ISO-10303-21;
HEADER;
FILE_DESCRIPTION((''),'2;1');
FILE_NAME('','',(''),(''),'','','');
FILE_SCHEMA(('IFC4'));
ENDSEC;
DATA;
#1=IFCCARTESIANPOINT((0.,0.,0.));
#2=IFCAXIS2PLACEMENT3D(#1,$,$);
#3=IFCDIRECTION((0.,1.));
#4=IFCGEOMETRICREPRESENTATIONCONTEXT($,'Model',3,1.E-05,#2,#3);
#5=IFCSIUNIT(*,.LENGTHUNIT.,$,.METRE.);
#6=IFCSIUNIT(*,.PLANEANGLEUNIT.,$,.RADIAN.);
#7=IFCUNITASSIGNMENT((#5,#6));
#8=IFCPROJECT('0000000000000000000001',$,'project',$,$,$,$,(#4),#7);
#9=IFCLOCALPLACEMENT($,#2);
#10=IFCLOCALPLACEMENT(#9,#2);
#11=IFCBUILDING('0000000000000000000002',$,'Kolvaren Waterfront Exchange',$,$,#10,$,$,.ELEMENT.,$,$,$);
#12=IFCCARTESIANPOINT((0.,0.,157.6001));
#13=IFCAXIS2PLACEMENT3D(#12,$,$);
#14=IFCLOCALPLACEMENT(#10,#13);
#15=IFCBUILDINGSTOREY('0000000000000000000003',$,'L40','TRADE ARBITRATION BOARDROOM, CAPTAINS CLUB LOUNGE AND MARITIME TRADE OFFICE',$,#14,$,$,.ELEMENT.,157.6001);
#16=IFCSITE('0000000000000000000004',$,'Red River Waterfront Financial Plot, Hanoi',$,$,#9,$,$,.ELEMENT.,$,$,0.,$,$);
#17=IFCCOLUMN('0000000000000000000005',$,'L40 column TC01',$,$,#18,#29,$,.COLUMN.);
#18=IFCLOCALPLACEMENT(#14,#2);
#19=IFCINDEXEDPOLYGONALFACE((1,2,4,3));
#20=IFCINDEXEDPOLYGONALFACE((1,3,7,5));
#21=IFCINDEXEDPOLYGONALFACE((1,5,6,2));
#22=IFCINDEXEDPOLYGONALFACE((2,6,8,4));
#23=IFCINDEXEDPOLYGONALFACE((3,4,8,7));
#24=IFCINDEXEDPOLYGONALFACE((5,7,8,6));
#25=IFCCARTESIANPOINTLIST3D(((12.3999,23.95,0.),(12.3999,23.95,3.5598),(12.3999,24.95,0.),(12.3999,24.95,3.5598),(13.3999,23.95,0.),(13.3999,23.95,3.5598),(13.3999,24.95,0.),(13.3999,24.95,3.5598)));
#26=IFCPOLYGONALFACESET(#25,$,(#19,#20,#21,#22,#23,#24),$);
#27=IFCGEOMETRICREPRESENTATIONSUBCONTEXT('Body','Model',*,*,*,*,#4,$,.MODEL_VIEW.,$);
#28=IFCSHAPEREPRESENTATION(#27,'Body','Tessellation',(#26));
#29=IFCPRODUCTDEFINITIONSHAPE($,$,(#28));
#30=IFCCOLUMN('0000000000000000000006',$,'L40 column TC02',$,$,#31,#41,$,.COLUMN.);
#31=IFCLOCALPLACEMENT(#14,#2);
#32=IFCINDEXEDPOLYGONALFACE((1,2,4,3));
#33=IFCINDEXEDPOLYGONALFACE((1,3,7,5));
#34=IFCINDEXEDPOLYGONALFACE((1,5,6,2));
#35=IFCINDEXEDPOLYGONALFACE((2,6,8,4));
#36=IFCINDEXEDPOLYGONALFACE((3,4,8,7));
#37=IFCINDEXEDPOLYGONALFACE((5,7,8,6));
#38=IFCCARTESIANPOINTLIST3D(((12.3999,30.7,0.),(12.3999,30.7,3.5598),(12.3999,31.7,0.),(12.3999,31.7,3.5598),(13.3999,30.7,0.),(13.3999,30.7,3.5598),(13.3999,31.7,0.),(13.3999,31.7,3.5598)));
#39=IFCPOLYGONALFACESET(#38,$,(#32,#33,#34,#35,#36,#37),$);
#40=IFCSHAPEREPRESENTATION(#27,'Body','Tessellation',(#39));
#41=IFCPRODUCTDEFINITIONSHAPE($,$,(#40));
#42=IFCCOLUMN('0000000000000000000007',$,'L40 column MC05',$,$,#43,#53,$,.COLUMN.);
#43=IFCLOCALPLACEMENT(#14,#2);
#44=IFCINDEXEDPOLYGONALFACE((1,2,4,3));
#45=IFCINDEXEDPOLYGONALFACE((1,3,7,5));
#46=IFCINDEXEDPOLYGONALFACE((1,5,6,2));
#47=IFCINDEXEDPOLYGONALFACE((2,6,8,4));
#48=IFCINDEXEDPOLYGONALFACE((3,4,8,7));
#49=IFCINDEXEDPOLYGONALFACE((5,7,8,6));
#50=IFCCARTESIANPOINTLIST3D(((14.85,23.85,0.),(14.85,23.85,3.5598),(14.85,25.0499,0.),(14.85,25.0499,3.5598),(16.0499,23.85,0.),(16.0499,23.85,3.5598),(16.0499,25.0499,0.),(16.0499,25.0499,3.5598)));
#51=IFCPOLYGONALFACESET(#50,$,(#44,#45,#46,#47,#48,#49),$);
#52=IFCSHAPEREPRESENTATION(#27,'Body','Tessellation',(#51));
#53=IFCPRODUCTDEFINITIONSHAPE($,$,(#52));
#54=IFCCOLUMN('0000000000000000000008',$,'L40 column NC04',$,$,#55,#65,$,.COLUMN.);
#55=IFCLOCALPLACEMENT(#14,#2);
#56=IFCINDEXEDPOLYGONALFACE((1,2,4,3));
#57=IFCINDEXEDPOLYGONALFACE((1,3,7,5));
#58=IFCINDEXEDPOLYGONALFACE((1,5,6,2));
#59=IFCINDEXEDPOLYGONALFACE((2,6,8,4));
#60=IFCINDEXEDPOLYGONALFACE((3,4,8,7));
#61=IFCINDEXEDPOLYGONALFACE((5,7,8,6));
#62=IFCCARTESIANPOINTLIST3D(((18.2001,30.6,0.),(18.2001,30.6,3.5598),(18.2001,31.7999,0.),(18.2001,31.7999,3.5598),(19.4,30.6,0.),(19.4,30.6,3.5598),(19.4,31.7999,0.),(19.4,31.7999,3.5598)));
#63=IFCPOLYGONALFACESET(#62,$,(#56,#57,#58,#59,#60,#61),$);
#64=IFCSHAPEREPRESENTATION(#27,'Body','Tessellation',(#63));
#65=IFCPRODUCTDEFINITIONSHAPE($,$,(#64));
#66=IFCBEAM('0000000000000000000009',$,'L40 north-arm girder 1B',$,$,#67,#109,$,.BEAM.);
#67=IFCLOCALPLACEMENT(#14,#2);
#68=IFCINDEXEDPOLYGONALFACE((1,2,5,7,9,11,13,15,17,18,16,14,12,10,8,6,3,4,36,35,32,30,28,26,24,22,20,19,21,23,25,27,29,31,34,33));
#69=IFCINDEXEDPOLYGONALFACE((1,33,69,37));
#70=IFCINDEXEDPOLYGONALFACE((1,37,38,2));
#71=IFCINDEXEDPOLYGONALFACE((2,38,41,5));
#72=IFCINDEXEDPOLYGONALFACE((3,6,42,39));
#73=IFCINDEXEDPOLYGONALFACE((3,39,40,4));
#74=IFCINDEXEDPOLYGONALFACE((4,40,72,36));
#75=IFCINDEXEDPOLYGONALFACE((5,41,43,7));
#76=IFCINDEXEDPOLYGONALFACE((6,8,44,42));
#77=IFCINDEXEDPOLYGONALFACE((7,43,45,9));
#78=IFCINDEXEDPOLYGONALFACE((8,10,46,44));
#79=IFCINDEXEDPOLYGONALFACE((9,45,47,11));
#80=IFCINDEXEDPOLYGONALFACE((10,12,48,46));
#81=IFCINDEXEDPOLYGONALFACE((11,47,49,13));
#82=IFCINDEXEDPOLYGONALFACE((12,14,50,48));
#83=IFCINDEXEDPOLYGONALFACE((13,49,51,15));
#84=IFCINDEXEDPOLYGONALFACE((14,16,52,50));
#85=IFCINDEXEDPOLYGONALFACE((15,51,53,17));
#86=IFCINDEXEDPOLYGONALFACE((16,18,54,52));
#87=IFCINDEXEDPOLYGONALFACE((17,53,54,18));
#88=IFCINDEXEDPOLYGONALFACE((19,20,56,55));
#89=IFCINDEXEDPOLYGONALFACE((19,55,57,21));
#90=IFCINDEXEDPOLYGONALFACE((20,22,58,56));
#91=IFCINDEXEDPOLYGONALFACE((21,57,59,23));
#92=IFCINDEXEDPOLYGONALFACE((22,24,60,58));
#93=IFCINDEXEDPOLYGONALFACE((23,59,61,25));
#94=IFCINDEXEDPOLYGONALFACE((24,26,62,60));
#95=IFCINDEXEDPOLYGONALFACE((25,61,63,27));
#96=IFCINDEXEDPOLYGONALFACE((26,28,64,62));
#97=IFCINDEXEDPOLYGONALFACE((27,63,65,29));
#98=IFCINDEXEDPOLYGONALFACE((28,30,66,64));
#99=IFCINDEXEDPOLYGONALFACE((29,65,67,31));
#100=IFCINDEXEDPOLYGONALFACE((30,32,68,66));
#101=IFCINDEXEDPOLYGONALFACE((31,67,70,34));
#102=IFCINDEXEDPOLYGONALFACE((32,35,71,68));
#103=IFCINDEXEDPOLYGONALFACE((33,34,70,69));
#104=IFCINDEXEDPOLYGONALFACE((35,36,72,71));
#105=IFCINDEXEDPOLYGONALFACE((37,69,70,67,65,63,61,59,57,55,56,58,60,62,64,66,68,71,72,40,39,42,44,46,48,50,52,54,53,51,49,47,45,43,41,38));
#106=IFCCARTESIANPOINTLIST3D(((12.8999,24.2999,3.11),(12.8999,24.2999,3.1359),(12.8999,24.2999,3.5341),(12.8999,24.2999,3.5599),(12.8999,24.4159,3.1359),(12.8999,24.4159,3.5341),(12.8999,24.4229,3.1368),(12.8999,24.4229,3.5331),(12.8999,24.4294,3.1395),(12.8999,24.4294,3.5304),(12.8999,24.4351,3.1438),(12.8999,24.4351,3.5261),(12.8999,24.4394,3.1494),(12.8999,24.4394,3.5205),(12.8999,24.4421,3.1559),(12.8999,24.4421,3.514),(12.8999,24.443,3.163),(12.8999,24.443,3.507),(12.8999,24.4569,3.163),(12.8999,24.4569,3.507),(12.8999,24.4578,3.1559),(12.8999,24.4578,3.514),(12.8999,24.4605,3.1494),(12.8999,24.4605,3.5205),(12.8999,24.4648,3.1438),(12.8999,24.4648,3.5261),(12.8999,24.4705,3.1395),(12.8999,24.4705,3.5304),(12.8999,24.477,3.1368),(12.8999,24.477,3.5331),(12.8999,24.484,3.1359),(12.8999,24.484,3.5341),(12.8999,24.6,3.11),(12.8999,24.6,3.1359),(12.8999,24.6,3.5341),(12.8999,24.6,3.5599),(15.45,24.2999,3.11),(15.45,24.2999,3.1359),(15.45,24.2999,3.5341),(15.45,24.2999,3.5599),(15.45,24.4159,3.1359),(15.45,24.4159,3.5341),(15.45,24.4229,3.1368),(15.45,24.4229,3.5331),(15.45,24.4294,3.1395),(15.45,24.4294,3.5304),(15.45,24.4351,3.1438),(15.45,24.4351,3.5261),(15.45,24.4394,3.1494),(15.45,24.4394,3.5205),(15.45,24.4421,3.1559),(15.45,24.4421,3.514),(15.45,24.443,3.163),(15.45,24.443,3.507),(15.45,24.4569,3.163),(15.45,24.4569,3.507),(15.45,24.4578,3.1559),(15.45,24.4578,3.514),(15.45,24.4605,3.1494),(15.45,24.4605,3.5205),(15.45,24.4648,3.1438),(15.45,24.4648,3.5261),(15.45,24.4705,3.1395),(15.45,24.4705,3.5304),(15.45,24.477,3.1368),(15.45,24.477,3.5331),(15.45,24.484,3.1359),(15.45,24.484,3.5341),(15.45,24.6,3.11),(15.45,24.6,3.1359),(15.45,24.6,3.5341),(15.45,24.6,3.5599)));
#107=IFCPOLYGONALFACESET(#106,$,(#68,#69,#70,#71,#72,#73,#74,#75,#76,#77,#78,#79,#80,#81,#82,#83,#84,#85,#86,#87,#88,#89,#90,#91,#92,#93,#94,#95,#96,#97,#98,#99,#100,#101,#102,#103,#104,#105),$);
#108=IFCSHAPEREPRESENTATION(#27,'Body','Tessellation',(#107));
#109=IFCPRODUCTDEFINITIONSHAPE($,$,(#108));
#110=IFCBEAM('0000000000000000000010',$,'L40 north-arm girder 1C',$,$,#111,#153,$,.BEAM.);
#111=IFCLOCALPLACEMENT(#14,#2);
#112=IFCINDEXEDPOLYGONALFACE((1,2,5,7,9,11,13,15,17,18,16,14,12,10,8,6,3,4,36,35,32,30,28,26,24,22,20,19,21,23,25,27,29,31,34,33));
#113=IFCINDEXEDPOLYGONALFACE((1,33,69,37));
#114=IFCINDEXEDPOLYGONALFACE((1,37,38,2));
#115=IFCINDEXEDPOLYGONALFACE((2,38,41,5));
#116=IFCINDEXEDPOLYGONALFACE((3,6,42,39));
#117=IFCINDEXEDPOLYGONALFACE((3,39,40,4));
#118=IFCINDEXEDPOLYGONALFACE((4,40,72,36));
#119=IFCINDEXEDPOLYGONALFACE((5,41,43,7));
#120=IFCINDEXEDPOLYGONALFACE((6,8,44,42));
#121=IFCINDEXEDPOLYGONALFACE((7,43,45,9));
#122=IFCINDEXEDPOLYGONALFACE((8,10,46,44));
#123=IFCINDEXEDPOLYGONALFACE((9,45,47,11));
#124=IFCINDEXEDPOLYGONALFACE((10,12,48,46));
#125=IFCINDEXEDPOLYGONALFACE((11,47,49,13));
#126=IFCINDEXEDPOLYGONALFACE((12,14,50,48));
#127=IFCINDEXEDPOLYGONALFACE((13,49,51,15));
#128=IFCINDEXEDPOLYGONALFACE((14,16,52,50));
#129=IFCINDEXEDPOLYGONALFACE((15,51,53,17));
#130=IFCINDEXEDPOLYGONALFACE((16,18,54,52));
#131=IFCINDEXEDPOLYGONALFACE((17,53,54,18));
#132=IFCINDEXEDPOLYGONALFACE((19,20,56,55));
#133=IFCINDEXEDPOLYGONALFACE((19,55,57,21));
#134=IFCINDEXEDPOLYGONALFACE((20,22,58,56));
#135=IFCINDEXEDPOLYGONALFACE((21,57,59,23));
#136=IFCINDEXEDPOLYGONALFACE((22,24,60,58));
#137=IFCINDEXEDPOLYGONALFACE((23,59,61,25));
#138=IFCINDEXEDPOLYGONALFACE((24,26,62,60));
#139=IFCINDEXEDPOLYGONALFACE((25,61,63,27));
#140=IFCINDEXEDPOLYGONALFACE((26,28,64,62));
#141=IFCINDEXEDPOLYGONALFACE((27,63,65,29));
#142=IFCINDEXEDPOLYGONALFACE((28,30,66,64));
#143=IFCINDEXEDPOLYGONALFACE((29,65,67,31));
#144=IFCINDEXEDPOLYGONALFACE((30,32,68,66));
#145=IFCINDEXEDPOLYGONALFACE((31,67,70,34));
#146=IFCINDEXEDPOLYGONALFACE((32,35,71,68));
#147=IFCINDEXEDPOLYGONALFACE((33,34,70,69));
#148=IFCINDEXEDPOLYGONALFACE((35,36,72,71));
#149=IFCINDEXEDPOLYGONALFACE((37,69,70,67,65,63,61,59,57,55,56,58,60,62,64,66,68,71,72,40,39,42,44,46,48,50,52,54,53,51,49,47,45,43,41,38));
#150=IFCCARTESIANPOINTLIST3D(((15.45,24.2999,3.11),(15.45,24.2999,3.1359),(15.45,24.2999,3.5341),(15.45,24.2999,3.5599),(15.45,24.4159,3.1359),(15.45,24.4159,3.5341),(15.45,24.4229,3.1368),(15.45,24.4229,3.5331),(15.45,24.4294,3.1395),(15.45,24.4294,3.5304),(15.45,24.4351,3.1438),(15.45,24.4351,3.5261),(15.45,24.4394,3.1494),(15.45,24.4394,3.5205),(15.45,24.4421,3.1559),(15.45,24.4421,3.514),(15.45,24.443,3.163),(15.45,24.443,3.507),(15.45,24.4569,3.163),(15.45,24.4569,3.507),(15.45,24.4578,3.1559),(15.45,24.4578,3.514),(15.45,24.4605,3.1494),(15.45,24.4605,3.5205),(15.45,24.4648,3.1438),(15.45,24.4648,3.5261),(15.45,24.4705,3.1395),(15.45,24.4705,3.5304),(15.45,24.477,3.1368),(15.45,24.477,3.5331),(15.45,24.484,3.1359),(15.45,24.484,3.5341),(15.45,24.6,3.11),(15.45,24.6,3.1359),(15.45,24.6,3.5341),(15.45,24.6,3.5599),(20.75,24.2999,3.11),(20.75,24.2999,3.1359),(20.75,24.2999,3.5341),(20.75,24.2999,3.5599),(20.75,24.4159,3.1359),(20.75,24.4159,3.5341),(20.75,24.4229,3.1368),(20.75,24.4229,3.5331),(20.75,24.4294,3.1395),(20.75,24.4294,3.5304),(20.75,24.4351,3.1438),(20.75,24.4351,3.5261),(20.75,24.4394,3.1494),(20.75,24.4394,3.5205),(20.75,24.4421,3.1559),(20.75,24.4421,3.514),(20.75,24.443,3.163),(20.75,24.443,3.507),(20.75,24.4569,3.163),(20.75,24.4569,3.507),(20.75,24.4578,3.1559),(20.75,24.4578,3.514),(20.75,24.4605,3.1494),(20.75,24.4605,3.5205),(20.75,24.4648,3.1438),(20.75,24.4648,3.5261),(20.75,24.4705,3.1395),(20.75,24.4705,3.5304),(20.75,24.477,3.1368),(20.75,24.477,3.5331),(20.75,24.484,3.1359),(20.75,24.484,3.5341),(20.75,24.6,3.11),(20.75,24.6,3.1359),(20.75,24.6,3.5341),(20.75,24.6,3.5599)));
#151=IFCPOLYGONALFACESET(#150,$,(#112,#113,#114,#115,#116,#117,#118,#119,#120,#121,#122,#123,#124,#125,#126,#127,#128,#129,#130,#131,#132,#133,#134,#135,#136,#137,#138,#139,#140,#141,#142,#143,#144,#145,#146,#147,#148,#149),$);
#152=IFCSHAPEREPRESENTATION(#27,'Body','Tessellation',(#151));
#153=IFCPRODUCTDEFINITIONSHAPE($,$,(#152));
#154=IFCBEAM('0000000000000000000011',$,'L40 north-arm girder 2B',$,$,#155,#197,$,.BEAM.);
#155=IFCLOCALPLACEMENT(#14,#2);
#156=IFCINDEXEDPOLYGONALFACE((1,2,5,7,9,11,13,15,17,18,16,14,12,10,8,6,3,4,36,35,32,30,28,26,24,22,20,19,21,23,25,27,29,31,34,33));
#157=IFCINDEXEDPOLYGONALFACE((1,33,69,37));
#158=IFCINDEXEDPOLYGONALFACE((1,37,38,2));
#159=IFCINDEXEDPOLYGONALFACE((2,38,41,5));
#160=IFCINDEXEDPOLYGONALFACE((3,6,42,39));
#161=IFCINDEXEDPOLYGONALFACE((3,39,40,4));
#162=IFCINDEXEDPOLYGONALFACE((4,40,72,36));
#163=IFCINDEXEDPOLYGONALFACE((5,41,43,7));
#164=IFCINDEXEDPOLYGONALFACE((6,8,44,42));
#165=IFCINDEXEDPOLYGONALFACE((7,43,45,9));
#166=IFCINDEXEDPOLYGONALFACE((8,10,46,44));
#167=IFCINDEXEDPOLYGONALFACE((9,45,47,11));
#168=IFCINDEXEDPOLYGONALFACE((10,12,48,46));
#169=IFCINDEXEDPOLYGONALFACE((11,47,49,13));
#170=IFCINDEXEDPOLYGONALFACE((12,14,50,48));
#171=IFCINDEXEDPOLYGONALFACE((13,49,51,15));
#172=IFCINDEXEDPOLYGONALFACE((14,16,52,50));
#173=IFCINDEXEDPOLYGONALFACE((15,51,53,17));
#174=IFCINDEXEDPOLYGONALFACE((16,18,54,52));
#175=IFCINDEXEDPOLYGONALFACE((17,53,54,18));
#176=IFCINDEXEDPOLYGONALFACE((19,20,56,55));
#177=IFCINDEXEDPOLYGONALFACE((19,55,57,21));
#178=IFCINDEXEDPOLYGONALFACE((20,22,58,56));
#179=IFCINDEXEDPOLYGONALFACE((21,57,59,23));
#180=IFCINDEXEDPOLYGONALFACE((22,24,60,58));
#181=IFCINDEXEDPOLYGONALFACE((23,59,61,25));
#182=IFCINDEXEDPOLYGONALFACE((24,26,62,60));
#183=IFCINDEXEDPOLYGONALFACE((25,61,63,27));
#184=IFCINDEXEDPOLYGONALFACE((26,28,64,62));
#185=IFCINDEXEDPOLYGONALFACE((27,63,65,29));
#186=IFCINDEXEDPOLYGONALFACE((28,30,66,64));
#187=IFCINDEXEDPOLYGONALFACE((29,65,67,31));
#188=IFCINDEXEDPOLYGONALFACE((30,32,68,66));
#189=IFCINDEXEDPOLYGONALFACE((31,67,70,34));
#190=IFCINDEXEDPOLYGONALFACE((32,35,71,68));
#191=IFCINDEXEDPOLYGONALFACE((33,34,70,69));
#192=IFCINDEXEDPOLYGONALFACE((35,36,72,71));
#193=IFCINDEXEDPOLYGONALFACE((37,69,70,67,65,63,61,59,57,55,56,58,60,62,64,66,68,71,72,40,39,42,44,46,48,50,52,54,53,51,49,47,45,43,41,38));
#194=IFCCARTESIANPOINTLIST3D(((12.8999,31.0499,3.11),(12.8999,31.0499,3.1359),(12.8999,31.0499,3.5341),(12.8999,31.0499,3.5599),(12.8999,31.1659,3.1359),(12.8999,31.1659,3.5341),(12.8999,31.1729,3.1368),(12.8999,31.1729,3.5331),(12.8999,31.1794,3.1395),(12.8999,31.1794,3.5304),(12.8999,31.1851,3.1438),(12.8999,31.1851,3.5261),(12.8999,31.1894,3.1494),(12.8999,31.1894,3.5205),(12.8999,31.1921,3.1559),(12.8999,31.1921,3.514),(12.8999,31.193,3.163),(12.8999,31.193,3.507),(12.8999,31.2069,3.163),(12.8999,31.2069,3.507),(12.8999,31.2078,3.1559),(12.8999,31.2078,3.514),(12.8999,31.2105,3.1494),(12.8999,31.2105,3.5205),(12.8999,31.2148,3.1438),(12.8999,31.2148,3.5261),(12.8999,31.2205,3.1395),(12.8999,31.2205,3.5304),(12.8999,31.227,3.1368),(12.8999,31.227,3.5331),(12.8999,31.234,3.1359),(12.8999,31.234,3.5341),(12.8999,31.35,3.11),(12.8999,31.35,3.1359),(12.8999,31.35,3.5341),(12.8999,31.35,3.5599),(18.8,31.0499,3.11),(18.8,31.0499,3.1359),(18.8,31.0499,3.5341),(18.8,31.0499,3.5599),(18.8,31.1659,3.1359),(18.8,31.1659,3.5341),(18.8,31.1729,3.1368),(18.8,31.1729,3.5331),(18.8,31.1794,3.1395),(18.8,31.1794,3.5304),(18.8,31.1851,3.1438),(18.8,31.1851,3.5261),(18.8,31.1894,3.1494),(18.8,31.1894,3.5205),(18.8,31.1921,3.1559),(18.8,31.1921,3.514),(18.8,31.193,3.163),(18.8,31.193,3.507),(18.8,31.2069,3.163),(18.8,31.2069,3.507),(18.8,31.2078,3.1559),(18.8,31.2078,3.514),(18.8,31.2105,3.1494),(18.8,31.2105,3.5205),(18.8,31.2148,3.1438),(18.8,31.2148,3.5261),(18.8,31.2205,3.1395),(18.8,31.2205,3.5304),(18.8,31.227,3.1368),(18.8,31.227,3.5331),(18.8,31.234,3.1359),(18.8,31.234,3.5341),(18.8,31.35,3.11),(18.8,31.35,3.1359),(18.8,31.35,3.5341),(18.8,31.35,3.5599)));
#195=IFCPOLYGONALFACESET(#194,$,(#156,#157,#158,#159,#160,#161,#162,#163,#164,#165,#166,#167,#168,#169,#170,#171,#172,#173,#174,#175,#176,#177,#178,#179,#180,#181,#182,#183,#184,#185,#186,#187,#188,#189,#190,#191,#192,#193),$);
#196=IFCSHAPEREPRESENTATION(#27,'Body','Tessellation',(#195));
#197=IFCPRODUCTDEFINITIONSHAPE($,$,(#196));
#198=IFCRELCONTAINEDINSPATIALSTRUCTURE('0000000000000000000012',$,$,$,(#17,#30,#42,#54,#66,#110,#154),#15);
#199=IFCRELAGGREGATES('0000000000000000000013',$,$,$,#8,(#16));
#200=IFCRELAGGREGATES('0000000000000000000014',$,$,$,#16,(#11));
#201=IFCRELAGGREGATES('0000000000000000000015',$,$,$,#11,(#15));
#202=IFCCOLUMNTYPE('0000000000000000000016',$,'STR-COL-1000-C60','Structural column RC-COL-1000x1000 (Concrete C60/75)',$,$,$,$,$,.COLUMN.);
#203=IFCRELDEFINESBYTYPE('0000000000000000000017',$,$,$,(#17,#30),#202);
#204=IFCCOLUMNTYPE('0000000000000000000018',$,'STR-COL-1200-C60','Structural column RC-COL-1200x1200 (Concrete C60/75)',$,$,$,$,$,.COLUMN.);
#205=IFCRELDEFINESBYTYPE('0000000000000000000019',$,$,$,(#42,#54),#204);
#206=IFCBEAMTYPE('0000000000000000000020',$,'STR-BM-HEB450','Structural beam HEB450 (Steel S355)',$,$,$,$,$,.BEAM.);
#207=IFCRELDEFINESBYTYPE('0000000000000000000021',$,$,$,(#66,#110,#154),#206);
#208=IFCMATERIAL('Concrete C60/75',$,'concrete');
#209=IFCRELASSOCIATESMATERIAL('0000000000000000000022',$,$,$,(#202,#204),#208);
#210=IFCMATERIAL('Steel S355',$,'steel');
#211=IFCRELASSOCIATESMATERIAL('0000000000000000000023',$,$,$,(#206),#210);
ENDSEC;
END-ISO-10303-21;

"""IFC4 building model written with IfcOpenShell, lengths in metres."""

from ifc_helpers import new_model, si_unit, direction, frame, origin, origin_2d, place, context, subcontext, project, spatial, rectangle, i_section, extrude, material, material_profile, profile_set, type_object, element, save


model = new_model("IFC4")

# Units and contexts
model_context = context("Model", 3, precision=1e-05, world=origin(), true_north=direction((0.0, 1.0)))
body_context = subcontext(model_context, "Body", "Model", "MODEL_VIEW")
ifc_project = project(units=[si_unit("LENGTHUNIT", "METRE"), si_unit("PLANEANGLEUNIT", "RADIAN")], contexts=[model_context])

# Site, building, storey
site_placement = place(None, origin())
site = spatial("IfcSite", under=ifc_project, at=site_placement, Name="Red River Waterfront Financial Plot, Hanoi", CompositionType="ELEMENT", RefElevation=0.0)
building_placement = place(site_placement, origin())
building = spatial("IfcBuilding", under=site, at=building_placement, Name="Kolvaren Waterfront Exchange", CompositionType="ELEMENT")
storey_placement = place(building_placement, frame((0.0, 0.0, 157.6001)))
storey = spatial("IfcBuildingStorey", under=building, at=storey_placement, Name="L40", Description="TRADE ARBITRATION BOARDROOM, CAPTAINS CLUB LOUNGE AND MARITIME TRADE OFFICE", CompositionType="ELEMENT", Elevation=157.6001)

# Columns
ifc_material_1 = material(Name="Concrete C60/75", Category="concrete")
ifc_material_profile_1 = material_profile(ifc_material_1, rectangle(XDim=1.0, YDim=1.0, at=origin_2d()), Name="RC-COL-1000x1000")
ifc_profile_set_1 = profile_set([ifc_material_profile_1], Name="Concrete C60/75")
column_type_1 = type_object("IfcColumnType", Name="STR-COL-1000-C60", Description="Structural column RC-COL-1000x1000 (Concrete C60/75)", PredefinedType="COLUMN", material=ifc_profile_set_1)
for number, where, z_axis, x_axis, name in (
    (1, (12.8999, 24.45, 0.0), (0.0, 0.0, 1.0), (1.0, 0.0, 0.0), "L40 column TC01"),
    (2, (12.8999, 31.2, 0.0), (0.0, 0.0, 1.0), (1.0, 0.0, 0.0), "L40 column TC02"),
):
    element("IfcColumn", number, at=place(storey_placement, frame(where, z_axis=z_axis, x_axis=x_axis)), inside=storey, type_object=column_type_1, Name=name, PredefinedType="COLUMN", context=body_context, shape_type="SweptSolid", body=[
        extrude(rectangle(XDim=1.0, YDim=1.0, at=origin_2d()), origin(), (0.0, 0.0, 1.0), 3.5598),
    ])
ifc_material_profile_2 = material_profile(ifc_material_1, rectangle(XDim=1.2, YDim=1.2, at=origin_2d()), Name="RC-COL-1200x1200")
ifc_profile_set_2 = profile_set([ifc_material_profile_2], Name="Concrete C60/75")
column_type_2 = type_object("IfcColumnType", Name="STR-COL-1200-C60", Description="Structural column RC-COL-1200x1200 (Concrete C60/75)", PredefinedType="COLUMN", material=ifc_profile_set_2)
for number, where, z_axis, x_axis, name in (
    (3, (15.45, 24.45, 0.0), (0.0, 0.0, 1.0), (1.0, 0.0, 0.0), "L40 column MC05"),
    (4, (18.8, 31.2, 0.0), (0.0, 0.0, 1.0), (1.0, 0.0, 0.0), "L40 column NC04"),
):
    element("IfcColumn", number, at=place(storey_placement, frame(where, z_axis=z_axis, x_axis=x_axis)), inside=storey, type_object=column_type_2, Name=name, PredefinedType="COLUMN", context=body_context, shape_type="SweptSolid", body=[
        extrude(rectangle(XDim=1.2, YDim=1.2, at=origin_2d()), origin(), (0.0, 0.0, 1.0), 3.5598),
    ])

# Beams
ifc_material_2 = material(Name="Steel S355", Category="steel")
ifc_material_profile_3 = material_profile(ifc_material_2, i_section(OverallWidth=0.3, OverallDepth=0.45, WebThickness=0.0139, FlangeThickness=0.0259, FilletRadius=0.0271, at=origin_2d()), Name="HEB450")
ifc_profile_set_3 = profile_set([ifc_material_profile_3], Name="Steel S355")
beam_type_1 = type_object("IfcBeamType", Name="STR-BM-HEB450", Description="Structural beam HEB450 (Steel S355)", PredefinedType="BEAM", material=ifc_profile_set_3)
beam_1_placement = place(storey_placement, frame((12.8999, 24.45, 3.335), z_axis=(1.0, 0.0, 0.0), x_axis=(0.0, 1.0, 0.0)))
element("IfcBeam", 5, at=beam_1_placement, inside=storey, type_object=beam_type_1, Name="L40 north-arm girder 1B", PredefinedType="BEAM", context=body_context, shape_type="SweptSolid", body=[
    extrude(i_section(OverallWidth=0.3, OverallDepth=0.45, WebThickness=0.0139, FlangeThickness=0.0259, FilletRadius=0.0271, at=origin_2d()), origin(), (0.0, 0.0, 1.0), 2.55),
])
beam_2_placement = place(storey_placement, frame((15.45, 24.45, 3.335), z_axis=(1.0, 0.0, 0.0), x_axis=(0.0, 1.0, 0.0)))
element("IfcBeam", 6, at=beam_2_placement, inside=storey, type_object=beam_type_1, Name="L40 north-arm girder 1C", PredefinedType="BEAM", context=body_context, shape_type="SweptSolid", body=[
    extrude(i_section(OverallWidth=0.3, OverallDepth=0.45, WebThickness=0.0139, FlangeThickness=0.0259, FilletRadius=0.0271, at=origin_2d()), origin(), (0.0, 0.0, 1.0), 5.3),
])
beam_3_placement = place(storey_placement, frame((12.8999, 31.2, 3.335), z_axis=(1.0, 0.0, 0.0), x_axis=(0.0, 1.0, 0.0)))
element("IfcBeam", 7, at=beam_3_placement, inside=storey, type_object=beam_type_1, Name="L40 north-arm girder 2B", PredefinedType="BEAM", context=body_context, shape_type="SweptSolid", body=[
    extrude(i_section(OverallWidth=0.3, OverallDepth=0.45, WebThickness=0.0139, FlangeThickness=0.0259, FilletRadius=0.0271, at=origin_2d()), origin(), (0.0, 0.0, 1.0), 5.9001),
])

save(model, "model.ifc")
